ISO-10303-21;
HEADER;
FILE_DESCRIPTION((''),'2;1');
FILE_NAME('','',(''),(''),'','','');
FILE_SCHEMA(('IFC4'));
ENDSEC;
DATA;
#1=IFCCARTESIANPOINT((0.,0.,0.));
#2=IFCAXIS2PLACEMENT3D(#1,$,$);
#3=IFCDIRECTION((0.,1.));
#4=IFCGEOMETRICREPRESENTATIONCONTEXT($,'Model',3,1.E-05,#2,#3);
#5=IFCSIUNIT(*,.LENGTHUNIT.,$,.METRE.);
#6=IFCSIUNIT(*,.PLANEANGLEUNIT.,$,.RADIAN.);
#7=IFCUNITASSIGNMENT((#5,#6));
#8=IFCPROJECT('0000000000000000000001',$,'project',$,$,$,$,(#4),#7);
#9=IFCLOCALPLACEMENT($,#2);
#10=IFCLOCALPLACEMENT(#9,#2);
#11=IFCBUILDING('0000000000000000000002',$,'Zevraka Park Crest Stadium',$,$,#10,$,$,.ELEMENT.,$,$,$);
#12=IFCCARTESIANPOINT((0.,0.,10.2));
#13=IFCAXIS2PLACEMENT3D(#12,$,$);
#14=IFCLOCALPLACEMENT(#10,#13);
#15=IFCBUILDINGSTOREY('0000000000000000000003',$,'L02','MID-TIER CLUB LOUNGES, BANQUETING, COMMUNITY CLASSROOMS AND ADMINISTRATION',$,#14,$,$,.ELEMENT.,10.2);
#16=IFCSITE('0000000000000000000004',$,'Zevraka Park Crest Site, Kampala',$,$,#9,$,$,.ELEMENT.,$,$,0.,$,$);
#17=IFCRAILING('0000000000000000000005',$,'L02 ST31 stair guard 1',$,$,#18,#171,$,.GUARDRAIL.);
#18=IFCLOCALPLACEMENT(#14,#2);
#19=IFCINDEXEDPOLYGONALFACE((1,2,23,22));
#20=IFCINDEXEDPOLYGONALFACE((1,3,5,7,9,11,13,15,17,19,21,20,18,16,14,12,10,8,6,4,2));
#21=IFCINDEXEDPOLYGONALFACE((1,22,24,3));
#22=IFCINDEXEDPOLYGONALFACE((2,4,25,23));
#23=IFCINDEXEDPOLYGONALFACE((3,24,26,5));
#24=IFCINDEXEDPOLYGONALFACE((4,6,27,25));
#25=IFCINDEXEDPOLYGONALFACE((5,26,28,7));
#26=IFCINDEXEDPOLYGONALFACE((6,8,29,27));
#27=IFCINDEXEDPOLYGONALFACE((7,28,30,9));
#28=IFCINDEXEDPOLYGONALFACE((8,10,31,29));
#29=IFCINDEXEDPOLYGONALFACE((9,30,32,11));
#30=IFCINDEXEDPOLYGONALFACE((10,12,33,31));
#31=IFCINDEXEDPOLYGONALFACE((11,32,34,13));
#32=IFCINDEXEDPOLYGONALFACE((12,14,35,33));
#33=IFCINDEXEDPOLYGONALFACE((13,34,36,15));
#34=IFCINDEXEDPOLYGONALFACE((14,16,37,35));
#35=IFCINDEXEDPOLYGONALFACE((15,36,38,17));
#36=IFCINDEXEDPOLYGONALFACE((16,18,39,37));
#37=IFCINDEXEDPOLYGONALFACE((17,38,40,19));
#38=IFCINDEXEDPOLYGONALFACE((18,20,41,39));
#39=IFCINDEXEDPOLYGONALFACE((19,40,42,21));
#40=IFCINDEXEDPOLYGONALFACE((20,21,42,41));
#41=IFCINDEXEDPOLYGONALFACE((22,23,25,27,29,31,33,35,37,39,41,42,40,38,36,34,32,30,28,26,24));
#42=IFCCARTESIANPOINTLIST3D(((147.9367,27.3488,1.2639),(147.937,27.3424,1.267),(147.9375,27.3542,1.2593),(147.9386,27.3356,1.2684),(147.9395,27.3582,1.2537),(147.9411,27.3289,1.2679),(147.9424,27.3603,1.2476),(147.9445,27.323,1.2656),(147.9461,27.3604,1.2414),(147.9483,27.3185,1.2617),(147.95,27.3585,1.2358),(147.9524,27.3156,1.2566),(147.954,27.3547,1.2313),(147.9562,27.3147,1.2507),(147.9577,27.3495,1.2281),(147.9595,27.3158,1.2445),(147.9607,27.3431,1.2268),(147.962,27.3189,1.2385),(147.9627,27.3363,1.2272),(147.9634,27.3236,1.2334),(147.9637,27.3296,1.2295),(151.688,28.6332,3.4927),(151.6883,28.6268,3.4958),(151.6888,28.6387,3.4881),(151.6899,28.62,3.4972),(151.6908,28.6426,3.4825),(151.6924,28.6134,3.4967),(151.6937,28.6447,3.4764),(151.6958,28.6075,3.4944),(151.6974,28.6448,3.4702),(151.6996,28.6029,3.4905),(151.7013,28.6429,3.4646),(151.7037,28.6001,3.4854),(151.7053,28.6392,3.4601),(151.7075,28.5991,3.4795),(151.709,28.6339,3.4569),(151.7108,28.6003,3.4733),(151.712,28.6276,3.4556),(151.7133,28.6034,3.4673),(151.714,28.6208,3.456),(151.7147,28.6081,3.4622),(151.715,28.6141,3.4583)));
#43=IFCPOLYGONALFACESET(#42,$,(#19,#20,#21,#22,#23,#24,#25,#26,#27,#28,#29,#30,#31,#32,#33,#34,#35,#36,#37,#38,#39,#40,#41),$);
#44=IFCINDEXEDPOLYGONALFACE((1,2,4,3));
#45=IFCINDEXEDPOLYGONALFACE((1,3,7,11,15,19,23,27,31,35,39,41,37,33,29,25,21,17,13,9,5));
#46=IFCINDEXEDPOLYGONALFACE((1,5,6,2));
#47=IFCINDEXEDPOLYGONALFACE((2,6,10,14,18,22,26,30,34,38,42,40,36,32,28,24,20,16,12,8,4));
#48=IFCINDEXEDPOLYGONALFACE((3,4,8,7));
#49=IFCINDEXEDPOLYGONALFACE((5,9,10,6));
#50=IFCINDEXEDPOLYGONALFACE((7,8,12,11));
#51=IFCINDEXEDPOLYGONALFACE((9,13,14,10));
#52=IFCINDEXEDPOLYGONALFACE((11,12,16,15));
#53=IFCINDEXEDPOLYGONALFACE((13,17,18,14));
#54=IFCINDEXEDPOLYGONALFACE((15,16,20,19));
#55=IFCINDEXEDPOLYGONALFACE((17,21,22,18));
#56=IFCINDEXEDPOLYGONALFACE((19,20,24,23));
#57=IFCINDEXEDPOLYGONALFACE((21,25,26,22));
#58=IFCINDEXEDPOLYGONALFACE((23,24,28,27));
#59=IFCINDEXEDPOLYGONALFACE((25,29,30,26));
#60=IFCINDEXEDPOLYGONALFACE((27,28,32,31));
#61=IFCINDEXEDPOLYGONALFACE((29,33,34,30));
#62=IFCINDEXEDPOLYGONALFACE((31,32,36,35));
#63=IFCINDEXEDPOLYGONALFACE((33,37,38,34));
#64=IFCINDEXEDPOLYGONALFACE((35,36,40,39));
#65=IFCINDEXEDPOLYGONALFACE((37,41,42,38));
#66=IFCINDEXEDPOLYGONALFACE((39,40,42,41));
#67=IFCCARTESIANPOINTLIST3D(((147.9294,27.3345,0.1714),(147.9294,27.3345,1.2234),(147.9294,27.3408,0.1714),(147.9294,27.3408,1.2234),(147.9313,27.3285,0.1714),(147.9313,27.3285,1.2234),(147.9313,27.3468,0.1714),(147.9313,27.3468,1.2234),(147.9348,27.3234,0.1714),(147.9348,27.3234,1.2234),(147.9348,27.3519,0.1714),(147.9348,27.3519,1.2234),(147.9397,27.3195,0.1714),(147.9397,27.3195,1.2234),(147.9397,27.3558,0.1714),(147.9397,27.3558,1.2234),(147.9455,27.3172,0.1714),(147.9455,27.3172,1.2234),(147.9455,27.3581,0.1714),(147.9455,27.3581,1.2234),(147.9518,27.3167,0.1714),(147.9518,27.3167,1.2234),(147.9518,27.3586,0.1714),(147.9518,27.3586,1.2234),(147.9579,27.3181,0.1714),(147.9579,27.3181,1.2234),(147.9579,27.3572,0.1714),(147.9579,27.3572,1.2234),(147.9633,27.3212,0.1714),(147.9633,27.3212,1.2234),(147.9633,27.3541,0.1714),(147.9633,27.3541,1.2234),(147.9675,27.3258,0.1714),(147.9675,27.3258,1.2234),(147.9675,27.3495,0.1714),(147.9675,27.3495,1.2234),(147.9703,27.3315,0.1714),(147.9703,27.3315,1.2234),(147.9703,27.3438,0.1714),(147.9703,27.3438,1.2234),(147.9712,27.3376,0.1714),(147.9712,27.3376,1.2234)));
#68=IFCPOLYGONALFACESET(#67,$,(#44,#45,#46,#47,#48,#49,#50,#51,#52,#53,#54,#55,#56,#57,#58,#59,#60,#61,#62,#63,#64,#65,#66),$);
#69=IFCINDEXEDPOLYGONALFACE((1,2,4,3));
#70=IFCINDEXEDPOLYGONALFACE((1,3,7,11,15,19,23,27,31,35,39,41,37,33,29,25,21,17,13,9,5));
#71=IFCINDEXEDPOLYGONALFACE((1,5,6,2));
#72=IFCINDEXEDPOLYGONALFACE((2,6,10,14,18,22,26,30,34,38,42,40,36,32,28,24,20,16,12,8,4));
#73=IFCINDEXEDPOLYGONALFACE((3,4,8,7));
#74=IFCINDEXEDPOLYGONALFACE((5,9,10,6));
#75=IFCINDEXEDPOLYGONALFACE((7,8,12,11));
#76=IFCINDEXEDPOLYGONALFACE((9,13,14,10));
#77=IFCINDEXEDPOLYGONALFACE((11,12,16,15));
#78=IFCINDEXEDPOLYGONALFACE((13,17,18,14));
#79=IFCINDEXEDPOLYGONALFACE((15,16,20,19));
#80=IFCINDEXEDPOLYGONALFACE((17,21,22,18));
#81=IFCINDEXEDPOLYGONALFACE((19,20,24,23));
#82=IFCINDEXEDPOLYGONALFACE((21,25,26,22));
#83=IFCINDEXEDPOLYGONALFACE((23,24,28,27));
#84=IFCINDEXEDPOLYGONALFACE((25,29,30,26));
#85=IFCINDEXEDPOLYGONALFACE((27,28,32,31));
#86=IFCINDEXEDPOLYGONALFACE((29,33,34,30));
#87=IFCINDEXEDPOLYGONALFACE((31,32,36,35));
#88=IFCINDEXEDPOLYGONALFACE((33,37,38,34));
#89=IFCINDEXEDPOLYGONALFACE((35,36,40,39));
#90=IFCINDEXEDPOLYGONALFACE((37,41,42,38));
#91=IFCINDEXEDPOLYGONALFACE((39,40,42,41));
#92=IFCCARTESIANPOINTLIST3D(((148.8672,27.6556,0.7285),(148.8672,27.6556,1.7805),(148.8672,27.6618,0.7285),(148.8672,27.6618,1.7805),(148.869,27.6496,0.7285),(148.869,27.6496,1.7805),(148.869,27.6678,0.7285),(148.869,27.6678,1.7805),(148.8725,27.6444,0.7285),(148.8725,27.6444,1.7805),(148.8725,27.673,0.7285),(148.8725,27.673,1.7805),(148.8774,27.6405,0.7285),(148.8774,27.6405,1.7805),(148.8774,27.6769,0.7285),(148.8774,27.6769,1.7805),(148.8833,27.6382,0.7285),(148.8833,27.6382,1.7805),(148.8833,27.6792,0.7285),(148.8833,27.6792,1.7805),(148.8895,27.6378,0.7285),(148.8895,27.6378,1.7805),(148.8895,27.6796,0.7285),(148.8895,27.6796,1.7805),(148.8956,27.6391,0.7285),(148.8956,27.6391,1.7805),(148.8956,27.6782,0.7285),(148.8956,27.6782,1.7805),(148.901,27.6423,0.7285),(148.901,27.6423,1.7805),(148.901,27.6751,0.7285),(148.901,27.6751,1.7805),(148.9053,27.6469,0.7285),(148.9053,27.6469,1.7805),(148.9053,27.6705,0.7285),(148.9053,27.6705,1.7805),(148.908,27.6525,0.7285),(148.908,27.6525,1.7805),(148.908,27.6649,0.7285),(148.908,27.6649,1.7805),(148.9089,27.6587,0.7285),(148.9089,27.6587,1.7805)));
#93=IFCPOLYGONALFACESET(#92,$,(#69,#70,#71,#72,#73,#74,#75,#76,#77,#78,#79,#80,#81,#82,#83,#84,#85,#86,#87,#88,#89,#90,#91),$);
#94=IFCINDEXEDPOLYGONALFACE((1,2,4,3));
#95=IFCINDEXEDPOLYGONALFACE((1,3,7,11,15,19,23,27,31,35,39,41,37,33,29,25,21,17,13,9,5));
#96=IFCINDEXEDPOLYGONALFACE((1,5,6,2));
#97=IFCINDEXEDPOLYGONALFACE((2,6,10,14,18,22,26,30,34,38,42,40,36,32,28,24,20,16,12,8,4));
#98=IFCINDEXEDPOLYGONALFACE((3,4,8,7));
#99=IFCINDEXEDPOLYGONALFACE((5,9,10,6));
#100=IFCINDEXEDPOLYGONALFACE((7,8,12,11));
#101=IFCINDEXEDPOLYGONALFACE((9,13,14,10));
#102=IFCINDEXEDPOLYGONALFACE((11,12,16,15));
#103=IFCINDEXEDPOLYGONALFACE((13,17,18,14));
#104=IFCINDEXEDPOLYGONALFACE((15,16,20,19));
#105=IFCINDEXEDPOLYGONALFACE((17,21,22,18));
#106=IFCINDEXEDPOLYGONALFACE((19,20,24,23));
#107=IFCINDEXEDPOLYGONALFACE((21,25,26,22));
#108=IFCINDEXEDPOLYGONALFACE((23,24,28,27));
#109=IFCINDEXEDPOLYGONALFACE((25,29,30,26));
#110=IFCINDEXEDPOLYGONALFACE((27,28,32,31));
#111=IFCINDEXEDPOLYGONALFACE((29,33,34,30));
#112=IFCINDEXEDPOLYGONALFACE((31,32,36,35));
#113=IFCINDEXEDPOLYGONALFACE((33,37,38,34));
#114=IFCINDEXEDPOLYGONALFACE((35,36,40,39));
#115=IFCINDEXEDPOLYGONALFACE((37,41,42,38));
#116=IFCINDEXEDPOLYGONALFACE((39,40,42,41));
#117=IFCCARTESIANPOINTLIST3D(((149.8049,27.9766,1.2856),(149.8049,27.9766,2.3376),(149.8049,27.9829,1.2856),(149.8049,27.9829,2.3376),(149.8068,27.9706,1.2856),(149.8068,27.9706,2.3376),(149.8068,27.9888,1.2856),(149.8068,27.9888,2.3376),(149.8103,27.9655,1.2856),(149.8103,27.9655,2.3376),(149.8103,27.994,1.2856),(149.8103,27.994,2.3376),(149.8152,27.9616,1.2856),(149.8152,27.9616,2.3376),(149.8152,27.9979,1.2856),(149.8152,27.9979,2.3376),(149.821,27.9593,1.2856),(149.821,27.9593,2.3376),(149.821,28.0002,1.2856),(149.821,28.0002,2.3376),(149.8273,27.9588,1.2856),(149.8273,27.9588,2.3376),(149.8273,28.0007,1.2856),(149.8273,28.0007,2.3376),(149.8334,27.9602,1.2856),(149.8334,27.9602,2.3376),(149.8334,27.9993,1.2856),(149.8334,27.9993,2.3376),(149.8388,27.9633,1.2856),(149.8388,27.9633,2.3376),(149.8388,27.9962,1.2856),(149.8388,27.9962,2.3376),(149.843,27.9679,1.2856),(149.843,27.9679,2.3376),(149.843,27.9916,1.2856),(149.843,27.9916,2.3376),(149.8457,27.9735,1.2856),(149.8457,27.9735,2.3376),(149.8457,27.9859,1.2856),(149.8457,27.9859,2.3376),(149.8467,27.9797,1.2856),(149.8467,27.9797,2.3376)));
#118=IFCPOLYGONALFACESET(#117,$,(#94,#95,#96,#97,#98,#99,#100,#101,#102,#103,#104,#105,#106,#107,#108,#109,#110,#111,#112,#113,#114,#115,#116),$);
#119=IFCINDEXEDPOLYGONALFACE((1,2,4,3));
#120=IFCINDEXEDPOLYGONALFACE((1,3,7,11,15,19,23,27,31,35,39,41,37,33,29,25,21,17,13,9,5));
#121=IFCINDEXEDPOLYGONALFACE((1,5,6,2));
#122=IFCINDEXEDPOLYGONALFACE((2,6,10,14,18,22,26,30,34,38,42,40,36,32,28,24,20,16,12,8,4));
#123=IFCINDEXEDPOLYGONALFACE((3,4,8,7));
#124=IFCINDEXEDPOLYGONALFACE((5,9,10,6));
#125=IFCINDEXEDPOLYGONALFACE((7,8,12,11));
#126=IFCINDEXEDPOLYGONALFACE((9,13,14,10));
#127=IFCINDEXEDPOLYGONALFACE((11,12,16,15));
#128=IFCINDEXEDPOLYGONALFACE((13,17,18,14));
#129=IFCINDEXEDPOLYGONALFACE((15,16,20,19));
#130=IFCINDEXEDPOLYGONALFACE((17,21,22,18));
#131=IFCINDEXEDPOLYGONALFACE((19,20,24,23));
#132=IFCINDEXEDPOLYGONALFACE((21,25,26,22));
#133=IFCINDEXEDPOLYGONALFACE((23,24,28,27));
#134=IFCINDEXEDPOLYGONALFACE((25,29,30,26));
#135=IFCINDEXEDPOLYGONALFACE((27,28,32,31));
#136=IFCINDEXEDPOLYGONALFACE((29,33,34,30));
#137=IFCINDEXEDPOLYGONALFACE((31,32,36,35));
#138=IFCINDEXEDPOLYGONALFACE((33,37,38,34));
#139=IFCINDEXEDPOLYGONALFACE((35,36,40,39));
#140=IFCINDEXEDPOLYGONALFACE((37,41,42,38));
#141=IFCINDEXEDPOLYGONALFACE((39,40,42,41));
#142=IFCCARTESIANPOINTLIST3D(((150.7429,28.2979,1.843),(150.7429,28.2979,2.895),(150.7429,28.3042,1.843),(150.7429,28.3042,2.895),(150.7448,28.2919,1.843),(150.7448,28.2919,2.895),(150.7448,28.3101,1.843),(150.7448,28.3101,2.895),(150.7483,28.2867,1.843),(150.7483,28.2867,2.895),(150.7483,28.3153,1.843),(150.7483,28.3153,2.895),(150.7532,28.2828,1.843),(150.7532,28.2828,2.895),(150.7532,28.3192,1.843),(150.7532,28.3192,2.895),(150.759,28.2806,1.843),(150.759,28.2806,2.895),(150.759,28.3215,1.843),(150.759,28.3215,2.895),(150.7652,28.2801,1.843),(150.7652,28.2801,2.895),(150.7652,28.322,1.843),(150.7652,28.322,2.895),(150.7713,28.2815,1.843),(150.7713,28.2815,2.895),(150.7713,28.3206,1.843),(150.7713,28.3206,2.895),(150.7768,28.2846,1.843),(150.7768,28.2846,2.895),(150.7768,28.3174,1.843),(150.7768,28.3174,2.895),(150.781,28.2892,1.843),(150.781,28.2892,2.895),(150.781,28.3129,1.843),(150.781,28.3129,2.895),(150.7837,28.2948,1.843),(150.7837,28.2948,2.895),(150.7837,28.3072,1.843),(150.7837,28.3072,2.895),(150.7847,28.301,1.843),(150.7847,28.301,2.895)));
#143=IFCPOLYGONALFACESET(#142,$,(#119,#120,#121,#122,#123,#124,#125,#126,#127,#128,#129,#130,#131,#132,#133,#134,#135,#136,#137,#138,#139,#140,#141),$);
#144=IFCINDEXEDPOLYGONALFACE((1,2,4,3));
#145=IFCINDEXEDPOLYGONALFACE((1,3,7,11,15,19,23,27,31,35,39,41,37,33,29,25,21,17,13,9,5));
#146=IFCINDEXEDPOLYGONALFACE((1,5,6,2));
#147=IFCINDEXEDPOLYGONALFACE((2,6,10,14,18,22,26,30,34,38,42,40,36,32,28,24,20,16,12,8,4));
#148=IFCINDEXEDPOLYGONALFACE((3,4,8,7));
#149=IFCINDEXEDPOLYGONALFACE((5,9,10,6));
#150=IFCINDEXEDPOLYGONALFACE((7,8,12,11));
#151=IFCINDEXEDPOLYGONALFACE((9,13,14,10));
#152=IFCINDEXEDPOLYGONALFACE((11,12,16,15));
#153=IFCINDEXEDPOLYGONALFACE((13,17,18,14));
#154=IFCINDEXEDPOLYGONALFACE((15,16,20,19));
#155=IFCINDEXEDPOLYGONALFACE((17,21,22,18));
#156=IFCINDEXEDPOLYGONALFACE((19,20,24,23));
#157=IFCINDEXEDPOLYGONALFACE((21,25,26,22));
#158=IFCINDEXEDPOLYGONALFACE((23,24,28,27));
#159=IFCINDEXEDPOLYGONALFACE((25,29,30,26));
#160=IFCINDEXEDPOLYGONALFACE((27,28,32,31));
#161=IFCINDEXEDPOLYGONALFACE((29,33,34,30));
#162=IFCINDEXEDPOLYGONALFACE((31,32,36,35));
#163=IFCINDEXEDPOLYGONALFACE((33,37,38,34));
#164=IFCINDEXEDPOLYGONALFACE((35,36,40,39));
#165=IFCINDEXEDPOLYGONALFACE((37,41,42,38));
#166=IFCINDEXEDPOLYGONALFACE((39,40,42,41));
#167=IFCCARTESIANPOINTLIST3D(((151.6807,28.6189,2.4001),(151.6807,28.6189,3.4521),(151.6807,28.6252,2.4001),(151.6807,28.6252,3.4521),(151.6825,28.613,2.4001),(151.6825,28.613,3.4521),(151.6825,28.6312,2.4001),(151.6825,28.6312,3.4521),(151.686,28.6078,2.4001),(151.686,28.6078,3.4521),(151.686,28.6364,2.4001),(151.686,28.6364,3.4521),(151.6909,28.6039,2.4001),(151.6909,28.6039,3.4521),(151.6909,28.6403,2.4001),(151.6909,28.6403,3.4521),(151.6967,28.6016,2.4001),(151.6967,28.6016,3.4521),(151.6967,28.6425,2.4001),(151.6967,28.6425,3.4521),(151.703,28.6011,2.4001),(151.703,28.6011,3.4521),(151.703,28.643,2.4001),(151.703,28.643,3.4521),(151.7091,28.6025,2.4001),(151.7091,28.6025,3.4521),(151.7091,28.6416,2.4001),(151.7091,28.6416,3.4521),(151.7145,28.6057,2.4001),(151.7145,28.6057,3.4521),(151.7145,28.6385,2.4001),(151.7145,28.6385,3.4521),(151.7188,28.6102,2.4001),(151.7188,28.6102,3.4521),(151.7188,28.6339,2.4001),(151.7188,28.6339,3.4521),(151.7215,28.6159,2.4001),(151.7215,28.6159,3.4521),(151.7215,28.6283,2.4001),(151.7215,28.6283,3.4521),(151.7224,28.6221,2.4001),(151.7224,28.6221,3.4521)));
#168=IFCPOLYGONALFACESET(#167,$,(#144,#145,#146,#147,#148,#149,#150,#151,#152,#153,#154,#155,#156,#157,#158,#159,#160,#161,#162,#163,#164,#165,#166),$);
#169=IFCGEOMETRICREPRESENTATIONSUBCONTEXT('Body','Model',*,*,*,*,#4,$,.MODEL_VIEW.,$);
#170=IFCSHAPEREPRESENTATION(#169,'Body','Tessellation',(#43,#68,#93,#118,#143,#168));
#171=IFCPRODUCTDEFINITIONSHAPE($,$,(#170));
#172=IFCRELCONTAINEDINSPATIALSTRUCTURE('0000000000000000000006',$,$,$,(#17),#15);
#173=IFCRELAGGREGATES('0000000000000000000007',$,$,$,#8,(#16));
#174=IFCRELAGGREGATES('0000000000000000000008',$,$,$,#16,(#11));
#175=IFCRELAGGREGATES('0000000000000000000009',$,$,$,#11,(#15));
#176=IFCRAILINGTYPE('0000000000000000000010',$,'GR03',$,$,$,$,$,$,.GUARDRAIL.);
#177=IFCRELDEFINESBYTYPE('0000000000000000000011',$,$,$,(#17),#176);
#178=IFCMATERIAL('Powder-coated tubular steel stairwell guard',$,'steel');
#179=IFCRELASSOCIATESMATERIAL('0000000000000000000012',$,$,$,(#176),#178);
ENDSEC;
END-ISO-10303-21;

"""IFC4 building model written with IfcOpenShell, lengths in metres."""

from ifc_helpers import new_model, si_unit, direction, frame, origin, origin_2d, place, context, subcontext, project, spatial, circle, extrude, material, type_object, element, save


model = new_model("IFC4")

# Units and contexts
model_context = context("Model", 3, precision=1e-05, world=origin(), true_north=direction((0.0, 1.0)))
body_context = subcontext(model_context, "Body", "Model", "MODEL_VIEW")
ifc_project = project(units=[si_unit("LENGTHUNIT", "METRE"), si_unit("PLANEANGLEUNIT", "RADIAN")], contexts=[model_context])

# Site, building, storey
site_placement = place(None, origin())
site = spatial("IfcSite", under=ifc_project, at=site_placement, Name="Zevraka Park Crest Site, Kampala", CompositionType="ELEMENT", RefElevation=0.0)
building_placement = place(site_placement, origin())
building = spatial("IfcBuilding", under=site, at=building_placement, Name="Zevraka Park Crest Stadium", CompositionType="ELEMENT")
storey_placement = place(building_placement, frame((0.0, 0.0, 10.2)))
storey = spatial("IfcBuildingStorey", under=building, at=storey_placement, Name="L02", Description="MID-TIER CLUB LOUNGES, BANQUETING, COMMUNITY CLASSROOMS AND ADMINISTRATION", CompositionType="ELEMENT", Elevation=10.2)

# Railing
ifc_material_1 = material(Name="Powder-coated tubular steel stairwell guard", Category="steel")
railing_type_1 = type_object("IfcRailingType", Name="GR03", PredefinedType="GUARDRAIL", material=ifc_material_1)
railing_1_placement = place(storey_placement, frame((147.9502, 27.3376, 0.1714)))
element("IfcRailing", 1, at=railing_1_placement, inside=storey, type_object=railing_type_1, Name="L02 ST31 stair guard 1", PredefinedType="GUARDRAIL", context=body_context, shape_type="SweptSolid", body=[
    extrude(circle(Radius=0.0239, at=origin_2d()), frame((0.0, 0.0, 1.0762), z_axis=(0.824718, 0.282385, 0.49), x_axis=(-0.323939, 0.946078, 0.0)), (0.0, 0.0, 1.0), 4.5486),
    extrude(circle(Radius=0.021, at=origin_2d()), origin(), (0.0, 0.0, 1.0), 1.052),
    extrude(circle(Radius=0.021, at=origin_2d()), frame((0.9377, 0.321, 0.5571)), (0.0, 0.0, 1.0), 1.052),
    extrude(circle(Radius=0.021, at=origin_2d()), frame((1.8755, 0.6421, 1.1143)), (0.0, 0.0, 1.0), 1.052),
    extrude(circle(Radius=0.021, at=origin_2d()), frame((2.8135, 0.9634, 1.6716)), (0.0, 0.0, 1.0), 1.052),
    extrude(circle(Radius=0.021, at=origin_2d()), frame((3.7512, 1.2844, 2.2288)), (0.0, 0.0, 1.0), 1.052),
])

save(model, "model.ifc")
